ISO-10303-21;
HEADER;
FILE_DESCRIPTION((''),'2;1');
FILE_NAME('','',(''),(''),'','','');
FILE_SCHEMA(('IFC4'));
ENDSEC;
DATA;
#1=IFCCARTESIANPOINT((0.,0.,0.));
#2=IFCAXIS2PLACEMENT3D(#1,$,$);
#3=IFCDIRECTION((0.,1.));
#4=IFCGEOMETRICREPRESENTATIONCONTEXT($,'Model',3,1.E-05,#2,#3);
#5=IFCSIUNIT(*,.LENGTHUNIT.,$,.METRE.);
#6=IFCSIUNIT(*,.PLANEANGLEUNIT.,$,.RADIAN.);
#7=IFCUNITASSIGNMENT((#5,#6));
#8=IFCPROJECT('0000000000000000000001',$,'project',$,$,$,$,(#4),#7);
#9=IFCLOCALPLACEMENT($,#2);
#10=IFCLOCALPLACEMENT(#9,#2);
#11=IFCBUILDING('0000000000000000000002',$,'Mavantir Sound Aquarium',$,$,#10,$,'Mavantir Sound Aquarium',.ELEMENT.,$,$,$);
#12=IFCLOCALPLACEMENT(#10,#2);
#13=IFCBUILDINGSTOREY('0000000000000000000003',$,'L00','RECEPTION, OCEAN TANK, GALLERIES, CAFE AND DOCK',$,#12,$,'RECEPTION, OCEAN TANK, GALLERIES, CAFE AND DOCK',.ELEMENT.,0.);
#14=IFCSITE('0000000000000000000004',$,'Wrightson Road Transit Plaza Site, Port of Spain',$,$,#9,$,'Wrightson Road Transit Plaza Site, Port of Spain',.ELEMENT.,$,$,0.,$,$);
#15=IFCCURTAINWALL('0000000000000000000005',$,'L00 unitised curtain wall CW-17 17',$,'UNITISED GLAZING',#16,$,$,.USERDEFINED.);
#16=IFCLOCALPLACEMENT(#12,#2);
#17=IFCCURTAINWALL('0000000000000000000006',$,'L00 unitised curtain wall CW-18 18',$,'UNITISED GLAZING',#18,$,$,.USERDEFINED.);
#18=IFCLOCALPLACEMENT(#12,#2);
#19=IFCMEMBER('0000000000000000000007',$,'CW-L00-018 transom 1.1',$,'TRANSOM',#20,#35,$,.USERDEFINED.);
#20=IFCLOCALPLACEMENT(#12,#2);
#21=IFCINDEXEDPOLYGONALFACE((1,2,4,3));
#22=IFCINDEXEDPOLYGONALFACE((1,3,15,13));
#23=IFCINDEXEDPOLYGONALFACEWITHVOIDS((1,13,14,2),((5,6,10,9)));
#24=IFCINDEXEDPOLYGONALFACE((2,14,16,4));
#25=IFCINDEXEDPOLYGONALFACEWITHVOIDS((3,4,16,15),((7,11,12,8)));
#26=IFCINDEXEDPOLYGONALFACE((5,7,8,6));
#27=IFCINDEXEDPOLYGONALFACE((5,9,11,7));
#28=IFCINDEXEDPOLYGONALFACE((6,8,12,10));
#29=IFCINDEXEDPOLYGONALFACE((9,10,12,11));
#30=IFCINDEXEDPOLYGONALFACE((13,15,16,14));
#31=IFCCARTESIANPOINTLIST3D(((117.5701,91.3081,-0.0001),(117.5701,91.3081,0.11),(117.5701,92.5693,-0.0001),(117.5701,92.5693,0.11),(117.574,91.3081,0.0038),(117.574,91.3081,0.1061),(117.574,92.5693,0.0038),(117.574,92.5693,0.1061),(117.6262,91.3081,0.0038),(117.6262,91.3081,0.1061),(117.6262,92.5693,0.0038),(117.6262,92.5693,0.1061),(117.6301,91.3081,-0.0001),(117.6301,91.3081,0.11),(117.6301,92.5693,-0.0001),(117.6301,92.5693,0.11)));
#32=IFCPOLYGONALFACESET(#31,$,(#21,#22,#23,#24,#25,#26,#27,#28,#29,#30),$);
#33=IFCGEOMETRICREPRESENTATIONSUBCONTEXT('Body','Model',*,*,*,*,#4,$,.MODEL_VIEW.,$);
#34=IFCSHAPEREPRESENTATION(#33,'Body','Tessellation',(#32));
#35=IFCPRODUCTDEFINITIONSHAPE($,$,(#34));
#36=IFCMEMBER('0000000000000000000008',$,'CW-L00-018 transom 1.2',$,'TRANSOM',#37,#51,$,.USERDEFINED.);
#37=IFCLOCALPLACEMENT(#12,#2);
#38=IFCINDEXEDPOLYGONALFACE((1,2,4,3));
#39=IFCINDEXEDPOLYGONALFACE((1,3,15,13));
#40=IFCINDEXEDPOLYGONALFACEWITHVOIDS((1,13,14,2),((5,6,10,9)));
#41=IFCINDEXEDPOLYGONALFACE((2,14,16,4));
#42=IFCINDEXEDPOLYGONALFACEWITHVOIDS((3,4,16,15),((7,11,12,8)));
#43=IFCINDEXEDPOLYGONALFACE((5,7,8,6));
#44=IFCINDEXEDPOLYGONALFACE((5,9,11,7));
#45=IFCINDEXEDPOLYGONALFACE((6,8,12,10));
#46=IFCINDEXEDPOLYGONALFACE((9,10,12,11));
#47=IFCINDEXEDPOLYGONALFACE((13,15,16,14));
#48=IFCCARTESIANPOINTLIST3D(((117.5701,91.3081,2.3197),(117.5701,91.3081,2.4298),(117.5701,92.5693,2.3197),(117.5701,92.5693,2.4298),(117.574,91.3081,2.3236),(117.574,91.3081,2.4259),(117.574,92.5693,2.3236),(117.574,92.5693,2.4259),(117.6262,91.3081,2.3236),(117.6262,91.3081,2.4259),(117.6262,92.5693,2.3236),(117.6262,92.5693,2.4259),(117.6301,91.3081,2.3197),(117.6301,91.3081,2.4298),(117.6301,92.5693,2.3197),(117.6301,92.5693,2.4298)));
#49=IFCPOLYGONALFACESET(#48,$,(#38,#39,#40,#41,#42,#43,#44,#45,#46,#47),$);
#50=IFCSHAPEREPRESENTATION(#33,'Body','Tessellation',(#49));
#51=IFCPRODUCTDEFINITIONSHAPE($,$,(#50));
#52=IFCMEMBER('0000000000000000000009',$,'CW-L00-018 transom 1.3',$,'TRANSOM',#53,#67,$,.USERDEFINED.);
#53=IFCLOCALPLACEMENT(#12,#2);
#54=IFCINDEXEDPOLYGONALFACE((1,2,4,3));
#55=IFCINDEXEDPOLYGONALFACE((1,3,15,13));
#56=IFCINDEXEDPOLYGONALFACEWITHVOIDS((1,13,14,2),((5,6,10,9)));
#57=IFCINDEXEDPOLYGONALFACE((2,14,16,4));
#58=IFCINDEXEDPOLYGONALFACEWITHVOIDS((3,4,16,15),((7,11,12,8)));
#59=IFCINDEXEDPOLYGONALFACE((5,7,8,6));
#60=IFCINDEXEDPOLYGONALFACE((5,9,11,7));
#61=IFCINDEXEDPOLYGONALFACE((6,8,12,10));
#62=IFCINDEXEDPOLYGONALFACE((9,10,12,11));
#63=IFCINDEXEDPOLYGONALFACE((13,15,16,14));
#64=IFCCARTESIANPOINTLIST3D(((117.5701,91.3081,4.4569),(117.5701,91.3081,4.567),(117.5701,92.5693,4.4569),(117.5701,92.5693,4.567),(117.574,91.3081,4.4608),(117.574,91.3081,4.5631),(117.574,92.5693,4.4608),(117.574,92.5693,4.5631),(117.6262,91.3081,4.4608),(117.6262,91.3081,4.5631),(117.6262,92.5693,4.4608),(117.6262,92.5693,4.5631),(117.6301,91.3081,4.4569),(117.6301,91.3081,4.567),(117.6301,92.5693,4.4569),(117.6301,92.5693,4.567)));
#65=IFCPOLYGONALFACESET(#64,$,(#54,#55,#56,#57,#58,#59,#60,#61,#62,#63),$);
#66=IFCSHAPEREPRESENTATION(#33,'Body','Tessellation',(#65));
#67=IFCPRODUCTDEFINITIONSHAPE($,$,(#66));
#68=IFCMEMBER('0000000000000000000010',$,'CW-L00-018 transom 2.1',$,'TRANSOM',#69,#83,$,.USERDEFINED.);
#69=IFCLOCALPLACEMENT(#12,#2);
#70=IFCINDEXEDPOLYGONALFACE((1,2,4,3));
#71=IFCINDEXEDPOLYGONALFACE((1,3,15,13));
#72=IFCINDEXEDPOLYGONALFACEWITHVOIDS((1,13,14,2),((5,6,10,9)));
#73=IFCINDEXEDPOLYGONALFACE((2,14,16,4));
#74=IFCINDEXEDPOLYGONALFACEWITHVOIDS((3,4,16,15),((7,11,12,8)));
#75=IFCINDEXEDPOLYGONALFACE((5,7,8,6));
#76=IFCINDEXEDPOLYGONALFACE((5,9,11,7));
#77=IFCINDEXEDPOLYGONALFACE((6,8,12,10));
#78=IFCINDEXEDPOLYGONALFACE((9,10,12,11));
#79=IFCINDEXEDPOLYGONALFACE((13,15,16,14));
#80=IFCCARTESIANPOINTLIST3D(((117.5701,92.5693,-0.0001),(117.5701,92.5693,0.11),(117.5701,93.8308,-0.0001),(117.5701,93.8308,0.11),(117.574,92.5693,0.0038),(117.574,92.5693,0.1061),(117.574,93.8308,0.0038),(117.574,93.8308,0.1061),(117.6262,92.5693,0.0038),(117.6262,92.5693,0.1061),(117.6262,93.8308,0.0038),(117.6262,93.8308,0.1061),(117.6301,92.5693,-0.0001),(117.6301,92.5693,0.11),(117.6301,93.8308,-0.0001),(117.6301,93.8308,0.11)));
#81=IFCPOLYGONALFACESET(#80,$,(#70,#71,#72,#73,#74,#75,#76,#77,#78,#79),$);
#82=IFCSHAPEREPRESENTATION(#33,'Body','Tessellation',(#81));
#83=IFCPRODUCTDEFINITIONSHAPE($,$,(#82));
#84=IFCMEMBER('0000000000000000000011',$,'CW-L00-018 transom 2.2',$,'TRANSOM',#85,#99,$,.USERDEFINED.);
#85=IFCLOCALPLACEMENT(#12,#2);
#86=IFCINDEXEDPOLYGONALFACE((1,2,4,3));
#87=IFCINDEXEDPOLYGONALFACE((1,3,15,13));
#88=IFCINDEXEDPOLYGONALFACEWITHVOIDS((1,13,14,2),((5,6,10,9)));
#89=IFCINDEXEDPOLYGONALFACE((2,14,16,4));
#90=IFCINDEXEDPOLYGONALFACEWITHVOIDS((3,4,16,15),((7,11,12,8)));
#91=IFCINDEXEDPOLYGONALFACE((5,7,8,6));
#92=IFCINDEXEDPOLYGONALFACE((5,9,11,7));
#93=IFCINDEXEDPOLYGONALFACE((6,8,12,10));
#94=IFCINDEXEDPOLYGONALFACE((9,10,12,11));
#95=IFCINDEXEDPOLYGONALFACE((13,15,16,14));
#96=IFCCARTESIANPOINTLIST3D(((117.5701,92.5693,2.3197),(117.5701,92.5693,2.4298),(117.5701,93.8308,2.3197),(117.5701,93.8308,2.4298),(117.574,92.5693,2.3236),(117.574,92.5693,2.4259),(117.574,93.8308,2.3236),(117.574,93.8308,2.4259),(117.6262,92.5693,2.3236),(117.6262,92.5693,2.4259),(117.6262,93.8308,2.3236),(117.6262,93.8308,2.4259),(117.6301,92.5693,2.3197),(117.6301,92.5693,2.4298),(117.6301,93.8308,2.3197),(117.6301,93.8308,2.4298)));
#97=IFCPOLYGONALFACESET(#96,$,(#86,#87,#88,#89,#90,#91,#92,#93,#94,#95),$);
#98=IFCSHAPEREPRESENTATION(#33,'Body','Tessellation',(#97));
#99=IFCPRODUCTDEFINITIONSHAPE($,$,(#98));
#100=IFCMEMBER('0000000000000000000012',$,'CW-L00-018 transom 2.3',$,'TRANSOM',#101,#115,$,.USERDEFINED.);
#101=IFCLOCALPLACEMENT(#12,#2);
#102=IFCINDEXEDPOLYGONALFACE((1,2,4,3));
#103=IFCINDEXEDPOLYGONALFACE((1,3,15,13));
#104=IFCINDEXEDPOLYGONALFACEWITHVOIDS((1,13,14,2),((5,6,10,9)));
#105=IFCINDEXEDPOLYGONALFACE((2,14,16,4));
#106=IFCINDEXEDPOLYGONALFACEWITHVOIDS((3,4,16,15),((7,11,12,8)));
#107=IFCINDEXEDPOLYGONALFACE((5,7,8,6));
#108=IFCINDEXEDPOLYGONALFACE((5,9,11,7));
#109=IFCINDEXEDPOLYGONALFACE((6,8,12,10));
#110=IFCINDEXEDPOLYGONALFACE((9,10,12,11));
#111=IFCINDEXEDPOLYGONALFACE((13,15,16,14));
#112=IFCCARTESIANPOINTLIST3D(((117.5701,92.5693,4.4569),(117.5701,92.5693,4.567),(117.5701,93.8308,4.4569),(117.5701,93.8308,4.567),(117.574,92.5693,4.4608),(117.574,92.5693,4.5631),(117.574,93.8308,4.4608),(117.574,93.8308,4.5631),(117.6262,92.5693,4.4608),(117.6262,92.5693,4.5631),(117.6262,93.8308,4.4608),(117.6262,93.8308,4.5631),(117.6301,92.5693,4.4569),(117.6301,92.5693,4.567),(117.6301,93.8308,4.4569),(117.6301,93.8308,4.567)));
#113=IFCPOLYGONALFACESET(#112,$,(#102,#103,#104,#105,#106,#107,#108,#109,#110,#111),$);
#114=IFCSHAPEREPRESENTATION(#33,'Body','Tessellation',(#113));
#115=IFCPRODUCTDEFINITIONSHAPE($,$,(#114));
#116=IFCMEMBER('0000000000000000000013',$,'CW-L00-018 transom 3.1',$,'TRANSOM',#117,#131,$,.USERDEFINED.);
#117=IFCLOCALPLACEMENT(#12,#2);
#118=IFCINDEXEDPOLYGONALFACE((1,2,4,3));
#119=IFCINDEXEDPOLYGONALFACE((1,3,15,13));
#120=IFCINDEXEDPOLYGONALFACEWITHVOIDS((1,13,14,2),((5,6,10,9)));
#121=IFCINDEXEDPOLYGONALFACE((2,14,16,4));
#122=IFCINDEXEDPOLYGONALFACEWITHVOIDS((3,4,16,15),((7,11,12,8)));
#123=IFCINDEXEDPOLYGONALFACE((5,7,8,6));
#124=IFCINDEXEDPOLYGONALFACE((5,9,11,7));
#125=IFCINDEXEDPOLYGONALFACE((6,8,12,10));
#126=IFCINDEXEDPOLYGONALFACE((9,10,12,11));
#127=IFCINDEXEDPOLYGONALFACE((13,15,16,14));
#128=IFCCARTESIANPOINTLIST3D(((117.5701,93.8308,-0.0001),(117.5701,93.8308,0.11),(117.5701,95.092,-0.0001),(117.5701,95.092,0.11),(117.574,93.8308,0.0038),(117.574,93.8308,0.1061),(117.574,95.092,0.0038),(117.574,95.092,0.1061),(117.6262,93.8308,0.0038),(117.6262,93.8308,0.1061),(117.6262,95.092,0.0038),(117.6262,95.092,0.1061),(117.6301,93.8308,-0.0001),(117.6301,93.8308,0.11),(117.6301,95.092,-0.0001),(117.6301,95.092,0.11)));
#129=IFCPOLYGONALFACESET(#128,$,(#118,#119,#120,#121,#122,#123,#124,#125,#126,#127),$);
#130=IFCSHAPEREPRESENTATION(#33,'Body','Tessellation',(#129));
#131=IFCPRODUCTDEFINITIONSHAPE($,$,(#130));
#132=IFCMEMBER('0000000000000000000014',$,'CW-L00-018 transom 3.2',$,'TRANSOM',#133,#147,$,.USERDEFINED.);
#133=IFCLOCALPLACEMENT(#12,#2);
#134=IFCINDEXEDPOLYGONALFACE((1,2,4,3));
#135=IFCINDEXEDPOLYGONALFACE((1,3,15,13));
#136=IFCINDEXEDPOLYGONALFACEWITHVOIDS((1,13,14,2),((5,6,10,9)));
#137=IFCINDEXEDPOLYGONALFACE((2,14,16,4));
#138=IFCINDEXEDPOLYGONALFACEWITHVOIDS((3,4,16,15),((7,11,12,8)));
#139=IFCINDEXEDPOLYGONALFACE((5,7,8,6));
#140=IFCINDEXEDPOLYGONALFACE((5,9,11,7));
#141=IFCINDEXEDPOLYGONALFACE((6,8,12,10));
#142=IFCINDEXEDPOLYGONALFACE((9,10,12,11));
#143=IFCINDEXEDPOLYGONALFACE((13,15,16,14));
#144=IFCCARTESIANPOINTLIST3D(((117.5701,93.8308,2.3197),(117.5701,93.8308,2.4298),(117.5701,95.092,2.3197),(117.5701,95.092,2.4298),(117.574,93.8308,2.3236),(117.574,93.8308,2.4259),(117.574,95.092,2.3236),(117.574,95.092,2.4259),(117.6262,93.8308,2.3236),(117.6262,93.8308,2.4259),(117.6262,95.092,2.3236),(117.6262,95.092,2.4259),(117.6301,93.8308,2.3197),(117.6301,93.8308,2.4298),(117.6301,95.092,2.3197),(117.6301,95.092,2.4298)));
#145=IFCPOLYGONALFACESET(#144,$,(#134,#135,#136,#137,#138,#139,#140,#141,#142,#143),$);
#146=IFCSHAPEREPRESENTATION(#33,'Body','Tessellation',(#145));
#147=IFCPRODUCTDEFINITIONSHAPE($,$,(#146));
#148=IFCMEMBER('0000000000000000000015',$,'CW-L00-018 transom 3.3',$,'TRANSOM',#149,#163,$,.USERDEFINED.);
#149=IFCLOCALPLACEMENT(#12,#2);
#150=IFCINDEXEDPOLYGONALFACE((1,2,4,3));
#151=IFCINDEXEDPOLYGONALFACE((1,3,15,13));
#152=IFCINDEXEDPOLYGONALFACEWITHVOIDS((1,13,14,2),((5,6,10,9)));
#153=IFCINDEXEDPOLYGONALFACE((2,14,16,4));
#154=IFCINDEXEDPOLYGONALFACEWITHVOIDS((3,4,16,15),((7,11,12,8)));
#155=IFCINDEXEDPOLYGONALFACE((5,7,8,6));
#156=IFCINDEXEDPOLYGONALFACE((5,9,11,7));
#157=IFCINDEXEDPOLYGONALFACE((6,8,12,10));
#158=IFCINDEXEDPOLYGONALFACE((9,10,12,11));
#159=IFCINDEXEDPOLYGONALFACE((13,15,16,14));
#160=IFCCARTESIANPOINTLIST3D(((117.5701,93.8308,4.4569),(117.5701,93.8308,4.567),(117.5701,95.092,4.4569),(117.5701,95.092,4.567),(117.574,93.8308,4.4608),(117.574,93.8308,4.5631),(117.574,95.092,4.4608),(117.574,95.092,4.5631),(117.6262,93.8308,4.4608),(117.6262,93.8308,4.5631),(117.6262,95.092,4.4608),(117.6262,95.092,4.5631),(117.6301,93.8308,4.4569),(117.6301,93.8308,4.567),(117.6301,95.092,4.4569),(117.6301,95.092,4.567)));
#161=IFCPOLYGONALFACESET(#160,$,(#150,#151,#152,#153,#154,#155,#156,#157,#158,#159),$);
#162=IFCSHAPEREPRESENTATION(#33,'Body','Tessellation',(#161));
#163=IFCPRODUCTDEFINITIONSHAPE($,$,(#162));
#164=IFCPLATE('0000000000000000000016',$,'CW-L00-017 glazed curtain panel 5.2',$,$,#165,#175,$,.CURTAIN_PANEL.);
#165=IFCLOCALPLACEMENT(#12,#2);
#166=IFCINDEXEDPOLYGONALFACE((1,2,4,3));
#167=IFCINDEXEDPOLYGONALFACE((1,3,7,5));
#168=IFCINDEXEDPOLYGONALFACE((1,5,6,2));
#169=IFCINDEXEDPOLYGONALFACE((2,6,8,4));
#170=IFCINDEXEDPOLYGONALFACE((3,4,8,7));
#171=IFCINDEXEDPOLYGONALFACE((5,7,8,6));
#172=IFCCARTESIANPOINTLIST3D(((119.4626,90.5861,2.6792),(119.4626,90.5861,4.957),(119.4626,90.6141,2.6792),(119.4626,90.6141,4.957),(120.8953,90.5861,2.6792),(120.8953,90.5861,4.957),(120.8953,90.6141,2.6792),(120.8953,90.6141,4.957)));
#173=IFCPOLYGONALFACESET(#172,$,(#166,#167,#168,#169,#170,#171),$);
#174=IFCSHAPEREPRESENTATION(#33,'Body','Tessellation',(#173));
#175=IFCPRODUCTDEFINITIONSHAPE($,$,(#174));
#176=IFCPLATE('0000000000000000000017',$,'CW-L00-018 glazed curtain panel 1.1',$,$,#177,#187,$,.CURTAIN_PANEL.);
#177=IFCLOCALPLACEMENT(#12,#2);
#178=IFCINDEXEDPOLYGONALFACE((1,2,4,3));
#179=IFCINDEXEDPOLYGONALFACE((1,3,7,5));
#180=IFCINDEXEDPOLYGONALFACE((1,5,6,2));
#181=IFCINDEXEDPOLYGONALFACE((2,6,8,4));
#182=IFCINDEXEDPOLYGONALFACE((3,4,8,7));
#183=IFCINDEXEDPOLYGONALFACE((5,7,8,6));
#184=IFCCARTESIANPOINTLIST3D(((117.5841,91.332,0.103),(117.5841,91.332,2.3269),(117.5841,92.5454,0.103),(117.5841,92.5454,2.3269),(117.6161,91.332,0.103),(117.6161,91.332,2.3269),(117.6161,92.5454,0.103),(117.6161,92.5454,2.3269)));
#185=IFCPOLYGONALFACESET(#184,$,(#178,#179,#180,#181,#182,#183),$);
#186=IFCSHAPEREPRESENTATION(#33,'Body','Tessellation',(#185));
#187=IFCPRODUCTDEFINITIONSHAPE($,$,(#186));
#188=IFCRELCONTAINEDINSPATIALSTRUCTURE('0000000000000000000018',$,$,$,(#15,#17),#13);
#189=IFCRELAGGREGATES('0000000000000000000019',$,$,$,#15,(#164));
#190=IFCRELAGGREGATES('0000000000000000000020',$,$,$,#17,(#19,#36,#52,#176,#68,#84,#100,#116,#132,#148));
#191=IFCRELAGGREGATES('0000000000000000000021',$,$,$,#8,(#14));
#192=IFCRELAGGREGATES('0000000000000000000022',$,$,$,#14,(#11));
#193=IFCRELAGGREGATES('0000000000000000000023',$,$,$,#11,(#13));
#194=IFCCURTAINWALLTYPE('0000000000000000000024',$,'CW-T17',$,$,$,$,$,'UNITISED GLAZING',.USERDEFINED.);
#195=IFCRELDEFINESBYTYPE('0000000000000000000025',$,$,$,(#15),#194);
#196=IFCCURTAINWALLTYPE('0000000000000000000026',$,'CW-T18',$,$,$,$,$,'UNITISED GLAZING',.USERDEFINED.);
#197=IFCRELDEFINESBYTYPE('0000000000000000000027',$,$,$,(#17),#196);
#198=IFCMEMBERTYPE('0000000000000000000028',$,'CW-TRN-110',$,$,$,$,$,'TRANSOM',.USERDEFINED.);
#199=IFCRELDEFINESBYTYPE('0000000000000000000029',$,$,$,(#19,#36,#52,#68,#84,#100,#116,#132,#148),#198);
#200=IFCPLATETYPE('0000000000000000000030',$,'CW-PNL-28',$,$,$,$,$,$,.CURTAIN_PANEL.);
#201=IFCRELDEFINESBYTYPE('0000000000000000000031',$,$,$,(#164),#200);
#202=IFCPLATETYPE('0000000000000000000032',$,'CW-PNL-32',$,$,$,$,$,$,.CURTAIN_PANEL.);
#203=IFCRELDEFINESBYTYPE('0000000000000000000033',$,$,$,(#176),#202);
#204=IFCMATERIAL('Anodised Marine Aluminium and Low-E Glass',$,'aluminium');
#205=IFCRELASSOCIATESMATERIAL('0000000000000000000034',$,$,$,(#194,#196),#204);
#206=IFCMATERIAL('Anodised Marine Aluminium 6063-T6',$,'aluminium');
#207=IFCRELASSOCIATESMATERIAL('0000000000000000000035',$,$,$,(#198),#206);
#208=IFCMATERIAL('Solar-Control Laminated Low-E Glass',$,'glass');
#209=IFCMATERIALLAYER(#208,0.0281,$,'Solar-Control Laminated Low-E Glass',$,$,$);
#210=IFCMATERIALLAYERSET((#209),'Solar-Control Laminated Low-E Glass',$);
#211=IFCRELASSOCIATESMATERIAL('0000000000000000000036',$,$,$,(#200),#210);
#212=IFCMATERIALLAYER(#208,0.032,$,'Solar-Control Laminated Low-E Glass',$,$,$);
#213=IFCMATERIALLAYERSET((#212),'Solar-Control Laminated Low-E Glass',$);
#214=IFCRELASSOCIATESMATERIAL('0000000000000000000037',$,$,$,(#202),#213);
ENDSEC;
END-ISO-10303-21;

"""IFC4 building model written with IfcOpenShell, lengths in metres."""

from ifc_helpers import new_model, si_unit, direction, frame, origin, origin_2d, place, context, subcontext, project, spatial, rectangle, hollow_rectangle, extrude, material, layer, layer_set, material_profile, profile_set, type_object, element, aggregate, save


model = new_model("IFC4")

# Units and contexts
model_context = context("Model", 3, precision=1e-05, world=origin(), true_north=direction((0.0, 1.0)))
body_context = subcontext(model_context, "Body", "Model", "MODEL_VIEW")
ifc_project = project(units=[si_unit("LENGTHUNIT", "METRE"), si_unit("PLANEANGLEUNIT", "RADIAN")], contexts=[model_context])

# Site, building, storey
site_placement = place(None, origin())
site = spatial("IfcSite", under=ifc_project, at=site_placement, Name="Wrightson Road Transit Plaza Site, Port of Spain", LongName="Wrightson Road Transit Plaza Site, Port of Spain", CompositionType="ELEMENT", RefElevation=0.0)
building_placement = place(site_placement, origin())
building = spatial("IfcBuilding", under=site, at=building_placement, Name="Mavantir Sound Aquarium", LongName="Mavantir Sound Aquarium", CompositionType="ELEMENT")
storey_placement = place(building_placement, origin())
storey = spatial("IfcBuildingStorey", under=building, at=storey_placement, Name="L00", Description="RECEPTION, OCEAN TANK, GALLERIES, CAFE AND DOCK", LongName="RECEPTION, OCEAN TANK, GALLERIES, CAFE AND DOCK", CompositionType="ELEMENT", Elevation=0.0)

# Curtain wall
ifc_material_1 = material(Name="Anodised Marine Aluminium and Low-E Glass", Category="aluminium")
curtain_wall_type_1 = type_object("IfcCurtainWallType", Name="CW-T17", ElementType="UNITISED GLAZING", PredefinedType="USERDEFINED", material=ifc_material_1)
curtain_wall_1_placement = place(storey_placement, origin())
curtain_wall_1 = element("IfcCurtainWall", 1, at=curtain_wall_1_placement, inside=storey, type_object=curtain_wall_type_1, Name="L00 unitised curtain wall CW-17 17", ObjectType="UNITISED GLAZING", PredefinedType="USERDEFINED")
ifc_material_2 = material(Name="Anodised Marine Aluminium 6063-T6", Category="aluminium")

# Curtain wall
curtain_wall_type_2 = type_object("IfcCurtainWallType", Name="CW-T18", ElementType="UNITISED GLAZING", PredefinedType="USERDEFINED", material=ifc_material_1)
curtain_wall_2_placement = place(storey_placement, origin())
curtain_wall_2 = element("IfcCurtainWall", 2, at=curtain_wall_2_placement, inside=storey, type_object=curtain_wall_type_2, Name="L00 unitised curtain wall CW-18 18", ObjectType="UNITISED GLAZING", PredefinedType="USERDEFINED")

# Members
ifc_material_profile_1 = material_profile(ifc_material_2, hollow_rectangle(XDim=0.0601, YDim=0.1101, WallThickness=0.0039, at=origin_2d()), Name="ALU-TRANSOM-110X60")
ifc_profile_set_1 = profile_set([ifc_material_profile_1], Name="Anodised Marine Aluminium 6063-T6")
member_type_1 = type_object("IfcMemberType", Name="CW-TRN-110", ElementType="TRANSOM", PredefinedType="USERDEFINED", material=ifc_profile_set_1)
member_1_placement = place(storey_placement, frame((117.6001, 91.3081, 0.0549), z_axis=(0.0, 1.0, 0.0), x_axis=(-1.0, 0.0, 0.0)))
member_1 = element("IfcMember", 3, at=member_1_placement, type_object=member_type_1, Name="CW-L00-018 transom 1.1", ObjectType="TRANSOM", PredefinedType="USERDEFINED", context=body_context, shape_type="SweptSolid", body=[
    extrude(hollow_rectangle(XDim=0.0601, YDim=0.1101, WallThickness=0.0039, at=origin_2d()), origin(), (0.0, 0.0, 1.0), 1.2612),
])
member_2_placement = place(storey_placement, frame((117.6001, 91.3081, 2.3748), z_axis=(0.0, 1.0, 0.0), x_axis=(-1.0, 0.0, 0.0)))
member_2 = element("IfcMember", 4, at=member_2_placement, type_object=member_type_1, Name="CW-L00-018 transom 1.2", ObjectType="TRANSOM", PredefinedType="USERDEFINED", context=body_context, shape_type="SweptSolid", body=[
    extrude(hollow_rectangle(XDim=0.0601, YDim=0.1101, WallThickness=0.0039, at=origin_2d()), origin(), (0.0, 0.0, 1.0), 1.2612),
])
member_3_placement = place(storey_placement, frame((117.6001, 91.3081, 4.512), z_axis=(0.0, 1.0, 0.0), x_axis=(-1.0, 0.0, 0.0)))
member_3 = element("IfcMember", 5, at=member_3_placement, type_object=member_type_1, Name="CW-L00-018 transom 1.3", ObjectType="TRANSOM", PredefinedType="USERDEFINED", context=body_context, shape_type="SweptSolid", body=[
    extrude(hollow_rectangle(XDim=0.0601, YDim=0.1101, WallThickness=0.0039, at=origin_2d()), origin(), (0.0, 0.0, 1.0), 1.2612),
])
member_4_placement = place(storey_placement, frame((117.6001, 92.5693, 0.0549), z_axis=(0.0, 1.0, 0.0), x_axis=(-1.0, 0.0, 0.0)))
member_4 = element("IfcMember", 6, at=member_4_placement, type_object=member_type_1, Name="CW-L00-018 transom 2.1", ObjectType="TRANSOM", PredefinedType="USERDEFINED", context=body_context, shape_type="SweptSolid", body=[
    extrude(hollow_rectangle(XDim=0.0601, YDim=0.1101, WallThickness=0.0039, at=origin_2d()), origin(), (0.0, 0.0, 1.0), 1.2615),
])
member_5_placement = place(storey_placement, frame((117.6001, 92.5693, 2.3748), z_axis=(0.0, 1.0, 0.0), x_axis=(-1.0, 0.0, 0.0)))
member_5 = element("IfcMember", 7, at=member_5_placement, type_object=member_type_1, Name="CW-L00-018 transom 2.2", ObjectType="TRANSOM", PredefinedType="USERDEFINED", context=body_context, shape_type="SweptSolid", body=[
    extrude(hollow_rectangle(XDim=0.0601, YDim=0.1101, WallThickness=0.0039, at=origin_2d()), origin(), (0.0, 0.0, 1.0), 1.2615),
])
member_6_placement = place(storey_placement, frame((117.6001, 92.5693, 4.512), z_axis=(0.0, 1.0, 0.0), x_axis=(-1.0, 0.0, 0.0)))
member_6 = element("IfcMember", 8, at=member_6_placement, type_object=member_type_1, Name="CW-L00-018 transom 2.3", ObjectType="TRANSOM", PredefinedType="USERDEFINED", context=body_context, shape_type="SweptSolid", body=[
    extrude(hollow_rectangle(XDim=0.0601, YDim=0.1101, WallThickness=0.0039, at=origin_2d()), origin(), (0.0, 0.0, 1.0), 1.2615),
])
member_7_placement = place(storey_placement, frame((117.6001, 93.8308, 0.0549), z_axis=(0.0, 1.0, 0.0), x_axis=(-1.0, 0.0, 0.0)))
member_7 = element("IfcMember", 9, at=member_7_placement, type_object=member_type_1, Name="CW-L00-018 transom 3.1", ObjectType="TRANSOM", PredefinedType="USERDEFINED", context=body_context, shape_type="SweptSolid", body=[
    extrude(hollow_rectangle(XDim=0.0601, YDim=0.1101, WallThickness=0.0039, at=origin_2d()), origin(), (0.0, 0.0, 1.0), 1.2612),
])
member_8_placement = place(storey_placement, frame((117.6001, 93.8308, 2.3748), z_axis=(0.0, 1.0, 0.0), x_axis=(-1.0, 0.0, 0.0)))
member_8 = element("IfcMember", 10, at=member_8_placement, type_object=member_type_1, Name="CW-L00-018 transom 3.2", ObjectType="TRANSOM", PredefinedType="USERDEFINED", context=body_context, shape_type="SweptSolid", body=[
    extrude(hollow_rectangle(XDim=0.0601, YDim=0.1101, WallThickness=0.0039, at=origin_2d()), origin(), (0.0, 0.0, 1.0), 1.2612),
])
member_9_placement = place(storey_placement, frame((117.6001, 93.8308, 4.512), z_axis=(0.0, 1.0, 0.0), x_axis=(-1.0, 0.0, 0.0)))
member_9 = element("IfcMember", 11, at=member_9_placement, type_object=member_type_1, Name="CW-L00-018 transom 3.3", ObjectType="TRANSOM", PredefinedType="USERDEFINED", context=body_context, shape_type="SweptSolid", body=[
    extrude(hollow_rectangle(XDim=0.0601, YDim=0.1101, WallThickness=0.0039, at=origin_2d()), origin(), (0.0, 0.0, 1.0), 1.2612),
])

# Plates
ifc_material_3 = material(Name="Solar-Control Laminated Low-E Glass", Category="glass")
ifc_layer_1 = layer(ifc_material_3, 0.0281, Name="Solar-Control Laminated Low-E Glass")
ifc_layer_set_1 = layer_set([ifc_layer_1], Name="Solar-Control Laminated Low-E Glass")
plate_type_1 = type_object("IfcPlateType", Name="CW-PNL-28", PredefinedType="CURTAIN_PANEL", material=ifc_layer_set_1)
plate_1_placement = place(storey_placement, frame((120.179, 90.6001, 2.6792), z_axis=(0.0, 0.0, 1.0), x_axis=(-1.0, 0.0, 0.0)))
plate_1 = element("IfcPlate", 12, at=plate_1_placement, type_object=plate_type_1, Name="CW-L00-017 glazed curtain panel 5.2", PredefinedType="CURTAIN_PANEL", context=body_context, shape_type="SweptSolid", body=[
    extrude(rectangle(XDim=1.4326, YDim=0.0281, at=origin_2d()), origin(), (0.0, 0.0, 1.0), 2.2778),
])
aggregate(curtain_wall_1, [plate_1])
ifc_layer_2 = layer(ifc_material_3, 0.032, Name="Solar-Control Laminated Low-E Glass")
ifc_layer_set_2 = layer_set([ifc_layer_2], Name="Solar-Control Laminated Low-E Glass")
plate_type_2 = type_object("IfcPlateType", Name="CW-PNL-32", PredefinedType="CURTAIN_PANEL", material=ifc_layer_set_2)
plate_2_placement = place(storey_placement, frame((117.6001, 91.9387, 0.103), z_axis=(0.0, 0.0, 1.0), x_axis=(0.0, 1.0, 0.0)))
plate_2 = element("IfcPlate", 13, at=plate_2_placement, type_object=plate_type_2, Name="CW-L00-018 glazed curtain panel 1.1", PredefinedType="CURTAIN_PANEL", context=body_context, shape_type="SweptSolid", body=[
    extrude(rectangle(XDim=1.2134, YDim=0.032, at=origin_2d()), origin(), (0.0, 0.0, 1.0), 2.2239),
])
aggregate(curtain_wall_2, [member_1, member_2, member_3, plate_2, member_4, member_5, member_6, member_7, member_8, member_9])

save(model, "model.ifc")
